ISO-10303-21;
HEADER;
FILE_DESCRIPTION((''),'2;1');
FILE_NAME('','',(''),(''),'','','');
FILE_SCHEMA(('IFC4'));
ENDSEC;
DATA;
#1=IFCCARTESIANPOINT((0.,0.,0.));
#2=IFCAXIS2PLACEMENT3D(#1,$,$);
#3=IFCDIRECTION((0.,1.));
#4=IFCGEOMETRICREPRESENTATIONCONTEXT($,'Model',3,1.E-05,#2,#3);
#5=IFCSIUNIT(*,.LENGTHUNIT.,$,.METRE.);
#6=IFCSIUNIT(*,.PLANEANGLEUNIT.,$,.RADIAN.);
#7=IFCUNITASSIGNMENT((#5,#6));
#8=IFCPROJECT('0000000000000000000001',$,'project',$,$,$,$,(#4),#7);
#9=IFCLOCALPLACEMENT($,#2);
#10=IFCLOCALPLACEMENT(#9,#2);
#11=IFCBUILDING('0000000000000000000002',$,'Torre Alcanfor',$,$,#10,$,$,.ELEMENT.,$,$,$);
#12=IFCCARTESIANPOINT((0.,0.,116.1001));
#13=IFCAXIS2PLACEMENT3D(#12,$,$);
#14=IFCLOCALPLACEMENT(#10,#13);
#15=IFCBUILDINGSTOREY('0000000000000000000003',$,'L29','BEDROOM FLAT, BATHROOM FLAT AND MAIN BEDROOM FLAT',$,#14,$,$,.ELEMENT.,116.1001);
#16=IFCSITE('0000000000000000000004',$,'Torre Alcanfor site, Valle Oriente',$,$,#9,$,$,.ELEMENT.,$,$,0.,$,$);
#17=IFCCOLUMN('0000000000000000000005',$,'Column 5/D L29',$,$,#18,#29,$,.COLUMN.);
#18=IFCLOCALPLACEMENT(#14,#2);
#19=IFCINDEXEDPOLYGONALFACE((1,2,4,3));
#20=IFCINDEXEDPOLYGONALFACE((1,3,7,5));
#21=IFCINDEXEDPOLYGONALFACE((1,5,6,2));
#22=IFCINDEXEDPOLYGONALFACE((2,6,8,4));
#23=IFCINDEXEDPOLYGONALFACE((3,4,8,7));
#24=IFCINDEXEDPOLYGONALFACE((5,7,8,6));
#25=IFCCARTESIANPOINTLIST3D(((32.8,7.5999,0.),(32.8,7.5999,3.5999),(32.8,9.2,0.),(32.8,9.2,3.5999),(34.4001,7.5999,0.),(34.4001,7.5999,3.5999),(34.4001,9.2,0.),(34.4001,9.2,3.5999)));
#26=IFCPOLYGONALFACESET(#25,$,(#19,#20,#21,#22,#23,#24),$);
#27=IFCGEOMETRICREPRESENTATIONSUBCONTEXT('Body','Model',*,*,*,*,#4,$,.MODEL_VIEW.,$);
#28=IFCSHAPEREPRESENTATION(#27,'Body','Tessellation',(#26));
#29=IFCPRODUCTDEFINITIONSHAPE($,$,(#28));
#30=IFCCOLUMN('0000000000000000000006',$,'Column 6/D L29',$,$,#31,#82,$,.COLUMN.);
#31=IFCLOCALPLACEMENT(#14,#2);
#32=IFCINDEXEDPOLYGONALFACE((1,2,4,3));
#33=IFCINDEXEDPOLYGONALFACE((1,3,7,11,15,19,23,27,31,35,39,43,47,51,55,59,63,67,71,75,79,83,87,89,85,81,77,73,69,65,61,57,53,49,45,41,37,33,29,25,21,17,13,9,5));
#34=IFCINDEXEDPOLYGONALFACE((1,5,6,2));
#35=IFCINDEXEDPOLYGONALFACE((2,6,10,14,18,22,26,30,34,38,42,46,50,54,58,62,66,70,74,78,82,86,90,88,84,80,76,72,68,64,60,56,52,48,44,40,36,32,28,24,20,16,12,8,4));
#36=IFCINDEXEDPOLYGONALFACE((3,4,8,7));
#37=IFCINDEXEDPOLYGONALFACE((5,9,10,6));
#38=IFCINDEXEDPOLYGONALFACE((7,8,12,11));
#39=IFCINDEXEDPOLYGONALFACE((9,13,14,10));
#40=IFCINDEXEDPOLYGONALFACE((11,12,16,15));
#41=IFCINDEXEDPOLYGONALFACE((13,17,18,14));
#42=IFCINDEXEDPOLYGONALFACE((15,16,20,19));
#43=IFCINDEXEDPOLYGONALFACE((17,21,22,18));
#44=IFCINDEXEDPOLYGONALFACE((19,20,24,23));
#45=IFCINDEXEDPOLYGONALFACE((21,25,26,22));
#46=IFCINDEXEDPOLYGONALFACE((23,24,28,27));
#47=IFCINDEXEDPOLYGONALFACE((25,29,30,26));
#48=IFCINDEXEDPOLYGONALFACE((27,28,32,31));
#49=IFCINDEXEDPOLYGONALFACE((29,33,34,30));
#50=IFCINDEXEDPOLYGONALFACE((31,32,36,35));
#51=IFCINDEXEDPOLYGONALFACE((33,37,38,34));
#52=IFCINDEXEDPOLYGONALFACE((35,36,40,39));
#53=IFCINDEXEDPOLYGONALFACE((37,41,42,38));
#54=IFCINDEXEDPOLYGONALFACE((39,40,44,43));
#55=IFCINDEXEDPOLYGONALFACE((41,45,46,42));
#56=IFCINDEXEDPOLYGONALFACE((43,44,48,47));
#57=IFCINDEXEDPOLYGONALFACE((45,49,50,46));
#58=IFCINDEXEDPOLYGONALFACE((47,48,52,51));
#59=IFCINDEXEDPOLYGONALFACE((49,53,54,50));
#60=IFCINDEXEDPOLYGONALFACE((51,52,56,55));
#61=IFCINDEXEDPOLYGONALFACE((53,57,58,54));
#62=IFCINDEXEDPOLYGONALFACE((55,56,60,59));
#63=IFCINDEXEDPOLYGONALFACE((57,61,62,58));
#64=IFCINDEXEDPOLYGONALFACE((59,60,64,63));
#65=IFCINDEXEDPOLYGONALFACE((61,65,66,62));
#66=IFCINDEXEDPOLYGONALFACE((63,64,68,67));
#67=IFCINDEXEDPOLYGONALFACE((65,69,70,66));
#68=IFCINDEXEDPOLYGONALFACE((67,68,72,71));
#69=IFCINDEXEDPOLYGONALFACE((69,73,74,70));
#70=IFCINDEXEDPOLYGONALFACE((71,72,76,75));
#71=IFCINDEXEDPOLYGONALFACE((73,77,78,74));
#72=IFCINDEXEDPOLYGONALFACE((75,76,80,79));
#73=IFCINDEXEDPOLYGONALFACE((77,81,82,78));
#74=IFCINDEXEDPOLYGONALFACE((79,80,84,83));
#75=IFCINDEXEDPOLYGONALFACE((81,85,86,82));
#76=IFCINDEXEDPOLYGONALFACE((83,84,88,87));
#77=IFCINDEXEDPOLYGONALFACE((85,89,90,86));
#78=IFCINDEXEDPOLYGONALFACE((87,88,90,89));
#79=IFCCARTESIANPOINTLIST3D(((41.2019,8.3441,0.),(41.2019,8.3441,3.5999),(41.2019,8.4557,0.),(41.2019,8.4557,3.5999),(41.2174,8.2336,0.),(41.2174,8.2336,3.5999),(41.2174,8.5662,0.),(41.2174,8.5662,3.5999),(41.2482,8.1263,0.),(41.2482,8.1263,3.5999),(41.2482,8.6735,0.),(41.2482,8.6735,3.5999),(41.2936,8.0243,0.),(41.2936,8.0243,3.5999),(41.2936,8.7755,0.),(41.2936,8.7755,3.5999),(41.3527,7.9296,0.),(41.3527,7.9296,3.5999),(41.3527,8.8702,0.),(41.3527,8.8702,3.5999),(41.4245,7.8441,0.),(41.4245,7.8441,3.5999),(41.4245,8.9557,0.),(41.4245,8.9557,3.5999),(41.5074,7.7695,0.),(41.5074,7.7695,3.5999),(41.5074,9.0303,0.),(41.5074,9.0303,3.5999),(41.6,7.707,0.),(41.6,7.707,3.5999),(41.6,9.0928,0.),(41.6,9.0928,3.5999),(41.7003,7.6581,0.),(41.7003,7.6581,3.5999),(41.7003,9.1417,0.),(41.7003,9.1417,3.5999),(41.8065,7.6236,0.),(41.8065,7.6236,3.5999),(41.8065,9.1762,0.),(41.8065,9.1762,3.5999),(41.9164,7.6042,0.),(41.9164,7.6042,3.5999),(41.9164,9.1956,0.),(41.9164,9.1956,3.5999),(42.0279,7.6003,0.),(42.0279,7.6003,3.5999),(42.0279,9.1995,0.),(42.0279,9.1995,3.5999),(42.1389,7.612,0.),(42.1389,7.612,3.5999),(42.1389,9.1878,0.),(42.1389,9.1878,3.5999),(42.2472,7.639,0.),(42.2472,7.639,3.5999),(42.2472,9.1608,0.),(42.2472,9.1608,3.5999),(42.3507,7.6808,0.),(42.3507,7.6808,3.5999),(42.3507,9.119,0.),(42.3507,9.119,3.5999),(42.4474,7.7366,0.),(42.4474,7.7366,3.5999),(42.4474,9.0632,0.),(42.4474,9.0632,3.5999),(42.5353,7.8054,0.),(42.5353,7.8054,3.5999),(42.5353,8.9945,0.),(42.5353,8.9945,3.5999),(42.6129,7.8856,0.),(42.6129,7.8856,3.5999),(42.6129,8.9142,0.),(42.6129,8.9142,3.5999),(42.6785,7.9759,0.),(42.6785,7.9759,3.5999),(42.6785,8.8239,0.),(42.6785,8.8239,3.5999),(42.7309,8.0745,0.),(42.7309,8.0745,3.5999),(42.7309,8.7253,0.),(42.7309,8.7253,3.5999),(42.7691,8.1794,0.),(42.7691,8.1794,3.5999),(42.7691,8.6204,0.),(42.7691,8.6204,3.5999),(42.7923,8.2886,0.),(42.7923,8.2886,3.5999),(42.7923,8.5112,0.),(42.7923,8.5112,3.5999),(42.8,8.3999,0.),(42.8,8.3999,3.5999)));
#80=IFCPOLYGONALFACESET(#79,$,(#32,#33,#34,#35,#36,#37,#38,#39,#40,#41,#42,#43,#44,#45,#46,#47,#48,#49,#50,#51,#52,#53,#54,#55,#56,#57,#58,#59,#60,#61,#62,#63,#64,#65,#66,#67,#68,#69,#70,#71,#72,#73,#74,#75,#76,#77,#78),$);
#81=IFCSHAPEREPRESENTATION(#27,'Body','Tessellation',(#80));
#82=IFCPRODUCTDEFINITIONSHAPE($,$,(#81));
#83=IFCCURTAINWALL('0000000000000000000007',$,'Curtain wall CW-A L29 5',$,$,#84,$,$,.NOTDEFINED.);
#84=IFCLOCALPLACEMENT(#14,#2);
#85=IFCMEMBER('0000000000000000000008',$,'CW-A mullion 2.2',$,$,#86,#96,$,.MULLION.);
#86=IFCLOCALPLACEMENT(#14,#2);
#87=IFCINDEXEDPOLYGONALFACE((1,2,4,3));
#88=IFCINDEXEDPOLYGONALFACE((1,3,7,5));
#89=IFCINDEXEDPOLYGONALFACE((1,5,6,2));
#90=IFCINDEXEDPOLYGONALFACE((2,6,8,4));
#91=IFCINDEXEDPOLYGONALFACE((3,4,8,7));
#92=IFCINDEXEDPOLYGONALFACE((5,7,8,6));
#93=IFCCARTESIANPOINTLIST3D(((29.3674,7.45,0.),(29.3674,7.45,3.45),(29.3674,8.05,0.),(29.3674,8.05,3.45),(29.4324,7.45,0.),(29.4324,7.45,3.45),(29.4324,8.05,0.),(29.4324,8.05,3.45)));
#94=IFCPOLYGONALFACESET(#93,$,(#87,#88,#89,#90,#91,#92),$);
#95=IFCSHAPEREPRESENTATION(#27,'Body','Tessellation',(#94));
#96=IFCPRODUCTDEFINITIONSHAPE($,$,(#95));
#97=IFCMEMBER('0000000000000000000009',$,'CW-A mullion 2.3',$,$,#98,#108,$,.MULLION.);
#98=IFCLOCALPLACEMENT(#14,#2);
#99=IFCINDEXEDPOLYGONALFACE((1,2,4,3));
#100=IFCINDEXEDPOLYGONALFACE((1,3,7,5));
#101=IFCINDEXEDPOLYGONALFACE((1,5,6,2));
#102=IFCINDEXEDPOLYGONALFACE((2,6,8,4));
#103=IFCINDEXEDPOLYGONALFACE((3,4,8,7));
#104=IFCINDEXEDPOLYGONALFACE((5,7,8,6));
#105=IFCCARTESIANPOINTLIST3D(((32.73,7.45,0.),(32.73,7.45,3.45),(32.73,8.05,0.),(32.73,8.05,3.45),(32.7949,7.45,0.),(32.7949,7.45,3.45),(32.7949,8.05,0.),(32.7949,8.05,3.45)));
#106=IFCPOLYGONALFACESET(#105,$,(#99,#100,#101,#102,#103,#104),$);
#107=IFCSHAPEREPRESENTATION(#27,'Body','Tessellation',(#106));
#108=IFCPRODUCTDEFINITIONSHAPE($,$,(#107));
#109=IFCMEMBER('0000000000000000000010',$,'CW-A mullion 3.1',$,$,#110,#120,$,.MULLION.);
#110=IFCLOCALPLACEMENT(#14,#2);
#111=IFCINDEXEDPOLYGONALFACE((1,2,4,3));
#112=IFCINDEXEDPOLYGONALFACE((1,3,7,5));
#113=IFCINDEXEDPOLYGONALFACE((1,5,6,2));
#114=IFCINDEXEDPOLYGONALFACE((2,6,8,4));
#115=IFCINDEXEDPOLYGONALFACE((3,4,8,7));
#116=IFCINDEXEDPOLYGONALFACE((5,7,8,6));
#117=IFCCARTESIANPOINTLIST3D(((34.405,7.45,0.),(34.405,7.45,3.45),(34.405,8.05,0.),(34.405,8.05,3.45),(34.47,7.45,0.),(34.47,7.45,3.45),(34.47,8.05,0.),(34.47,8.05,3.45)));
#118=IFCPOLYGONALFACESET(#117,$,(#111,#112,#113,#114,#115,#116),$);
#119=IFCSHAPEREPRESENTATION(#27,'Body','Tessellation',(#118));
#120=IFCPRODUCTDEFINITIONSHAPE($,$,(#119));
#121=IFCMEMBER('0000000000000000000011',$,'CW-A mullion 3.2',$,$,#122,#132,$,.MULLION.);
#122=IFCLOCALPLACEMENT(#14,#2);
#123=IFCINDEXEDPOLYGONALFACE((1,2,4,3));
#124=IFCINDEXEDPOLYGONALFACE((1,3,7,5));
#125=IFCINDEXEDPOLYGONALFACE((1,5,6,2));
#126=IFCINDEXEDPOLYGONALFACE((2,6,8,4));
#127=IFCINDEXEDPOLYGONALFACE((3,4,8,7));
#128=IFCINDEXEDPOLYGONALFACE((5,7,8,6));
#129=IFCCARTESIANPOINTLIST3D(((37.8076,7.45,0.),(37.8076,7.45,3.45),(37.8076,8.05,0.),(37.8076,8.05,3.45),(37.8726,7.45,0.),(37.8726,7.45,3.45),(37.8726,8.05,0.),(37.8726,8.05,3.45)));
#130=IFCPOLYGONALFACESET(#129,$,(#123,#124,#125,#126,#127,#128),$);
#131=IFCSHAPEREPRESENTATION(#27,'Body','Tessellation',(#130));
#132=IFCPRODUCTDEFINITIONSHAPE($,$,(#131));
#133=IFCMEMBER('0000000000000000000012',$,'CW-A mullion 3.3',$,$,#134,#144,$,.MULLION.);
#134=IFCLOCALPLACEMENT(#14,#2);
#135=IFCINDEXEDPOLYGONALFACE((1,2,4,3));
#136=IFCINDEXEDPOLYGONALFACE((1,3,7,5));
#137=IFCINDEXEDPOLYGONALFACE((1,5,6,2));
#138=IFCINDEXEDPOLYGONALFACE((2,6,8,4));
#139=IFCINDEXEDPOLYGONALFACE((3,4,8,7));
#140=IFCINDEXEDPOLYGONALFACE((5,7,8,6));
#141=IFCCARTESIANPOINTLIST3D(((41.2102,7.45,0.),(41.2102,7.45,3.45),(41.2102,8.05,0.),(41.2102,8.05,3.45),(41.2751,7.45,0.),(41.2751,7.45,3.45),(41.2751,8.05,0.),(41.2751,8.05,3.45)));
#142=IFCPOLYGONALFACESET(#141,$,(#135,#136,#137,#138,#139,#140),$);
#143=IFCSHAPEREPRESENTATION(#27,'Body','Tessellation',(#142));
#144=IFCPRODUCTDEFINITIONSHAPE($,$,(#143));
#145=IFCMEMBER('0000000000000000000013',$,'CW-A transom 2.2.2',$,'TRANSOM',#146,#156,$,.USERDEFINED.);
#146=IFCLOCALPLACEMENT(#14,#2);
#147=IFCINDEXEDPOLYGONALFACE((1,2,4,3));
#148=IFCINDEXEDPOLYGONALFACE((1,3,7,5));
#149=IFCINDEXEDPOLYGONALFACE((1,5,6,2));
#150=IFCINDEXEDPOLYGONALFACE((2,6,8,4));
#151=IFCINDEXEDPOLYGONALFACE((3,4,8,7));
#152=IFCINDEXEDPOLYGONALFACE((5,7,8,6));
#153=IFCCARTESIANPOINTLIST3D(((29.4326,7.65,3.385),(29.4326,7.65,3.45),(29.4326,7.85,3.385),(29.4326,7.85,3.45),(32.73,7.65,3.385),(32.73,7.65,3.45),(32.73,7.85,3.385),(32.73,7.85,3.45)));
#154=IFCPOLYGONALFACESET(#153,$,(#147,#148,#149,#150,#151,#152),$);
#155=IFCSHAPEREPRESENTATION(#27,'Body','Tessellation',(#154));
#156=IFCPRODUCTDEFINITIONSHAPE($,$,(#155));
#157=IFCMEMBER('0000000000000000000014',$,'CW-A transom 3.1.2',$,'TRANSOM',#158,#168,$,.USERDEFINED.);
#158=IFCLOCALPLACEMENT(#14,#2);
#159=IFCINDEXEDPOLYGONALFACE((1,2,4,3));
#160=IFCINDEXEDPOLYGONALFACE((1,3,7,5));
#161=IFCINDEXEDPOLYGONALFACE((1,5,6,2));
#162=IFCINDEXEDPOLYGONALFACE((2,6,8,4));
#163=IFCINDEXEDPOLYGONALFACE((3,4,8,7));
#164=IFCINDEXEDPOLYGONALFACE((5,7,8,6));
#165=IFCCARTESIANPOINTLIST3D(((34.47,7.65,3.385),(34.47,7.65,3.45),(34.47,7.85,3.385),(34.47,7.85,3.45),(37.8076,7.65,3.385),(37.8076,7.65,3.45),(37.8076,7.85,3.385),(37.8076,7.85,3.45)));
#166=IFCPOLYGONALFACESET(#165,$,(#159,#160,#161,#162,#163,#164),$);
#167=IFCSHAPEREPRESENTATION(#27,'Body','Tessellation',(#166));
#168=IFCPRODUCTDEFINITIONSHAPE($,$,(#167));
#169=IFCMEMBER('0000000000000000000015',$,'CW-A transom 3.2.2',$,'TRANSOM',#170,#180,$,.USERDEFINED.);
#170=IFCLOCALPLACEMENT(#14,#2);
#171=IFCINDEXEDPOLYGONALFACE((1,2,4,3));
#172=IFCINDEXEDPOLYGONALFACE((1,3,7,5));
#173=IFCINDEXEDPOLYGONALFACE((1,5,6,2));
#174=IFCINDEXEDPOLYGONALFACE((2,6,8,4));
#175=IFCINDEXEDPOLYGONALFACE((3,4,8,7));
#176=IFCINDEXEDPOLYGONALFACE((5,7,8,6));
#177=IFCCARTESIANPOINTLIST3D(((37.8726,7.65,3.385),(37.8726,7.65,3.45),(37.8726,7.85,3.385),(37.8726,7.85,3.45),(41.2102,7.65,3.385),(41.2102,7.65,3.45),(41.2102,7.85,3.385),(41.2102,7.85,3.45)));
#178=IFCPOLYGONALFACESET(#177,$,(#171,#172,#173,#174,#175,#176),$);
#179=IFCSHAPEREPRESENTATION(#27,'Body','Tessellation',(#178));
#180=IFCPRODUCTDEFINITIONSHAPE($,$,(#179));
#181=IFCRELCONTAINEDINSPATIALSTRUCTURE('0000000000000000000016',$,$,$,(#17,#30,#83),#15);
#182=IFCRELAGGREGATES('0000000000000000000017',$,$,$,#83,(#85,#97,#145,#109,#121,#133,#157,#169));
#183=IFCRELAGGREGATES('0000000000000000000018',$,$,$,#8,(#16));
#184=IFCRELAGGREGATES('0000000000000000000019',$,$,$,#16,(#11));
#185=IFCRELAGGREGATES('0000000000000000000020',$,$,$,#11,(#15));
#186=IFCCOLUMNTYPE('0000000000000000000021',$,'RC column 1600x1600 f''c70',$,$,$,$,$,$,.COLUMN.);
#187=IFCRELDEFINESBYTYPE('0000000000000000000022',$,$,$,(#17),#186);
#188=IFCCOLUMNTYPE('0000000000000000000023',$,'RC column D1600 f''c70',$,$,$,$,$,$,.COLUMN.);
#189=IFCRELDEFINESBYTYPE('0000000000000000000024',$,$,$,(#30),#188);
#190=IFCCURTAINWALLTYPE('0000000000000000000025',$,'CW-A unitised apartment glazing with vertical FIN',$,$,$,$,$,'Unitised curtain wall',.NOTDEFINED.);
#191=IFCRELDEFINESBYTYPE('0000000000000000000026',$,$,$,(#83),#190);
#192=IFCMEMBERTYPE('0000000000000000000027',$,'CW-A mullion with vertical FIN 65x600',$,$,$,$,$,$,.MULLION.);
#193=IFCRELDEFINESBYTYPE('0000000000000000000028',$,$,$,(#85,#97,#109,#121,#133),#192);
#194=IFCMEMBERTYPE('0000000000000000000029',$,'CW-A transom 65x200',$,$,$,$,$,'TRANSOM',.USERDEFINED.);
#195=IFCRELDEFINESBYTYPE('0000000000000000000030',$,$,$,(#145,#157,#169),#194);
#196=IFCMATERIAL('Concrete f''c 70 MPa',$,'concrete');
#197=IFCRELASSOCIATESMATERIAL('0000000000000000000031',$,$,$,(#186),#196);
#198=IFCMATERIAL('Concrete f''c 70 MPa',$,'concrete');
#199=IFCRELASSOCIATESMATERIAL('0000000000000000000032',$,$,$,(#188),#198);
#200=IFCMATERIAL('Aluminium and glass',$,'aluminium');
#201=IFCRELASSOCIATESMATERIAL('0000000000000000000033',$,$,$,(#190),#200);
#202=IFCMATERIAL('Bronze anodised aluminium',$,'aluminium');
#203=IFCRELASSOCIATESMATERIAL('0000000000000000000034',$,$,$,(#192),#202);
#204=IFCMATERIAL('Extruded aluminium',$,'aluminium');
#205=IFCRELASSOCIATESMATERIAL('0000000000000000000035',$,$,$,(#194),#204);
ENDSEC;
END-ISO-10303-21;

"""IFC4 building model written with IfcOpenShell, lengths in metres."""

from ifc_helpers import new_model, si_unit, direction, frame, origin, origin_2d, place, context, subcontext, project, spatial, rectangle, circle, extrude, material, material_profile, profile_set, type_object, element, aggregate, save


model = new_model("IFC4")

# Units and contexts
model_context = context("Model", 3, precision=1e-05, world=origin(), true_north=direction((0.0, 1.0)))
body_context = subcontext(model_context, "Body", "Model", "MODEL_VIEW")
ifc_project = project(units=[si_unit("LENGTHUNIT", "METRE"), si_unit("PLANEANGLEUNIT", "RADIAN")], contexts=[model_context])

# Site, building, storey
site_placement = place(None, origin())
site = spatial("IfcSite", under=ifc_project, at=site_placement, Name="Torre Alcanfor site, Valle Oriente", CompositionType="ELEMENT", RefElevation=0.0)
building_placement = place(site_placement, origin())
building = spatial("IfcBuilding", under=site, at=building_placement, Name="Torre Alcanfor", CompositionType="ELEMENT")
storey_placement = place(building_placement, frame((0.0, 0.0, 116.1001)))
storey = spatial("IfcBuildingStorey", under=building, at=storey_placement, Name="L29", Description="BEDROOM FLAT, BATHROOM FLAT AND MAIN BEDROOM FLAT", CompositionType="ELEMENT", Elevation=116.1001)

# Columns
ifc_material_1 = material(Name="Concrete f'c 70 MPa", Category="concrete")
ifc_material_profile_1 = material_profile(ifc_material_1, rectangle(XDim=1.6001, YDim=1.6001, at=origin_2d()), Name="1600x1600")
ifc_profile_set_1 = profile_set([ifc_material_profile_1], Name="Concrete f'c 70 MPa")
column_type_1 = type_object("IfcColumnType", Name="RC column 1600x1600 f'c70", PredefinedType="COLUMN", material=ifc_profile_set_1)
column_1_placement = place(storey_placement, frame((33.6001, 8.3999, 0.0), z_axis=(0.0, 0.0, 1.0), x_axis=(1.0, 0.0, 0.0)))
element("IfcColumn", 1, at=column_1_placement, inside=storey, type_object=column_type_1, Name="Column 5/D L29", PredefinedType="COLUMN", context=body_context, shape_type="SweptSolid", body=[
    extrude(rectangle(XDim=1.6001, YDim=1.6001, at=origin_2d()), origin(), (0.0, 0.0, 1.0), 3.5999),
])
ifc_material_2 = material(Name="Concrete f'c 70 MPa", Category="concrete")
ifc_material_profile_2 = material_profile(ifc_material_2, circle(Radius=0.8, at=origin_2d()), Name="D1600")
ifc_profile_set_2 = profile_set([ifc_material_profile_2], Name="Concrete f'c 70 MPa")
column_type_2 = type_object("IfcColumnType", Name="RC column D1600 f'c70", PredefinedType="COLUMN", material=ifc_profile_set_2)
column_2_placement = place(storey_placement, frame((42.0, 8.3999, 0.0), z_axis=(0.0, 0.0, 1.0), x_axis=(1.0, 0.0, 0.0)))
element("IfcColumn", 2, at=column_2_placement, inside=storey, type_object=column_type_2, Name="Column 6/D L29", PredefinedType="COLUMN", context=body_context, shape_type="SweptSolid", body=[
    extrude(circle(Radius=0.8, at=origin_2d()), origin(), (0.0, 0.0, 1.0), 3.5999),
])

# Curtain wall, members
ifc_material_3 = material(Name="Aluminium and glass", Category="aluminium")
curtain_wall_type = type_object("IfcCurtainWallType", Name="CW-A unitised apartment glazing with vertical FIN", ElementType="Unitised curtain wall", PredefinedType="NOTDEFINED", material=ifc_material_3)
curtain_wall_placement = place(storey_placement, origin())
curtain_wall = element("IfcCurtainWall", 3, at=curtain_wall_placement, inside=storey, type_object=curtain_wall_type, Name="Curtain wall CW-A L29 5", PredefinedType="NOTDEFINED")
ifc_material_4 = material(Name="Bronze anodised aluminium", Category="aluminium")
ifc_material_profile_3 = material_profile(ifc_material_4, rectangle(XDim=0.6001, YDim=0.0649, at=origin_2d()), Name="CW-A mullion 65x600")
ifc_profile_set_3 = profile_set([ifc_material_profile_3], Name="Bronze anodised aluminium")
member_type_1 = type_object("IfcMemberType", Name="CW-A mullion with vertical FIN 65x600", PredefinedType="MULLION", material=ifc_profile_set_3)
member_1_placement = place(storey_placement, frame((29.3999, 7.75, 0.0), z_axis=(0.0, 0.0, 1.0), x_axis=(0.0, 1.0, 0.0)))
member_1 = element("IfcMember", 4, at=member_1_placement, type_object=member_type_1, Name="CW-A mullion 2.2", PredefinedType="MULLION", context=body_context, shape_type="SweptSolid", body=[
    extrude(rectangle(XDim=0.6001, YDim=0.0649, at=origin_2d()), origin(), (0.0, 0.0, 1.0), 3.45),
])
member_2_placement = place(storey_placement, frame((32.7625, 7.75, 0.0), z_axis=(0.0, 0.0, 1.0), x_axis=(0.0, 1.0, 0.0)))
member_2 = element("IfcMember", 5, at=member_2_placement, type_object=member_type_1, Name="CW-A mullion 2.3", PredefinedType="MULLION", context=body_context, shape_type="SweptSolid", body=[
    extrude(rectangle(XDim=0.6001, YDim=0.0649, at=origin_2d()), origin(), (0.0, 0.0, 1.0), 3.45),
])
member_3_placement = place(storey_placement, frame((34.4375, 7.75, 0.0), z_axis=(0.0, 0.0, 1.0), x_axis=(0.0, 1.0, 0.0)))
member_3 = element("IfcMember", 6, at=member_3_placement, type_object=member_type_1, Name="CW-A mullion 3.1", PredefinedType="MULLION", context=body_context, shape_type="SweptSolid", body=[
    extrude(rectangle(XDim=0.6001, YDim=0.0649, at=origin_2d()), origin(), (0.0, 0.0, 1.0), 3.45),
])
member_4_placement = place(storey_placement, frame((37.8401, 7.75, 0.0), z_axis=(0.0, 0.0, 1.0), x_axis=(0.0, 1.0, 0.0)))
member_4 = element("IfcMember", 7, at=member_4_placement, type_object=member_type_1, Name="CW-A mullion 3.2", PredefinedType="MULLION", context=body_context, shape_type="SweptSolid", body=[
    extrude(rectangle(XDim=0.6001, YDim=0.0649, at=origin_2d()), origin(), (0.0, 0.0, 1.0), 3.45),
])
member_5_placement = place(storey_placement, frame((41.2427, 7.75, 0.0), z_axis=(0.0, 0.0, 1.0), x_axis=(0.0, 1.0, 0.0)))
member_5 = element("IfcMember", 8, at=member_5_placement, type_object=member_type_1, Name="CW-A mullion 3.3", PredefinedType="MULLION", context=body_context, shape_type="SweptSolid", body=[
    extrude(rectangle(XDim=0.6001, YDim=0.0649, at=origin_2d()), origin(), (0.0, 0.0, 1.0), 3.45),
])
ifc_material_5 = material(Name="Extruded aluminium", Category="aluminium")
ifc_material_profile_4 = material_profile(ifc_material_5, rectangle(XDim=0.2, YDim=0.0649, at=origin_2d()), Name="CW-A transom 200x65")
ifc_profile_set_4 = profile_set([ifc_material_profile_4], Name="Extruded aluminium")
member_type_2 = type_object("IfcMemberType", Name="CW-A transom 65x200", ElementType="TRANSOM", PredefinedType="USERDEFINED", material=ifc_profile_set_4)
member_6_placement = place(storey_placement, frame((29.4326, 7.75, 3.4175), z_axis=(1.0, 0.0, 0.0), x_axis=(0.0, 1.0, 0.0)))
member_6 = element("IfcMember", 9, at=member_6_placement, type_object=member_type_2, Name="CW-A transom 2.2.2", ObjectType="TRANSOM", PredefinedType="USERDEFINED", context=body_context, shape_type="SweptSolid", body=[
    extrude(rectangle(XDim=0.2, YDim=0.0649, at=origin_2d()), origin(), (0.0, 0.0, 1.0), 3.2974),
])
member_7_placement = place(storey_placement, frame((34.47, 7.75, 3.4175), z_axis=(1.0, 0.0, 0.0), x_axis=(0.0, 1.0, 0.0)))
member_7 = element("IfcMember", 10, at=member_7_placement, type_object=member_type_2, Name="CW-A transom 3.1.2", ObjectType="TRANSOM", PredefinedType="USERDEFINED", context=body_context, shape_type="SweptSolid", body=[
    extrude(rectangle(XDim=0.2, YDim=0.0649, at=origin_2d()), origin(), (0.0, 0.0, 1.0), 3.3376),
])
member_8_placement = place(storey_placement, frame((37.8726, 7.75, 3.4175), z_axis=(1.0, 0.0, 0.0), x_axis=(0.0, 1.0, 0.0)))
member_8 = element("IfcMember", 11, at=member_8_placement, type_object=member_type_2, Name="CW-A transom 3.2.2", ObjectType="TRANSOM", PredefinedType="USERDEFINED", context=body_context, shape_type="SweptSolid", body=[
    extrude(rectangle(XDim=0.2, YDim=0.0649, at=origin_2d()), origin(), (0.0, 0.0, 1.0), 3.3376),
])

aggregate(curtain_wall, [member_1, member_2, member_6, member_3, member_4, member_5, member_7, member_8])

save(model, "model.ifc")
